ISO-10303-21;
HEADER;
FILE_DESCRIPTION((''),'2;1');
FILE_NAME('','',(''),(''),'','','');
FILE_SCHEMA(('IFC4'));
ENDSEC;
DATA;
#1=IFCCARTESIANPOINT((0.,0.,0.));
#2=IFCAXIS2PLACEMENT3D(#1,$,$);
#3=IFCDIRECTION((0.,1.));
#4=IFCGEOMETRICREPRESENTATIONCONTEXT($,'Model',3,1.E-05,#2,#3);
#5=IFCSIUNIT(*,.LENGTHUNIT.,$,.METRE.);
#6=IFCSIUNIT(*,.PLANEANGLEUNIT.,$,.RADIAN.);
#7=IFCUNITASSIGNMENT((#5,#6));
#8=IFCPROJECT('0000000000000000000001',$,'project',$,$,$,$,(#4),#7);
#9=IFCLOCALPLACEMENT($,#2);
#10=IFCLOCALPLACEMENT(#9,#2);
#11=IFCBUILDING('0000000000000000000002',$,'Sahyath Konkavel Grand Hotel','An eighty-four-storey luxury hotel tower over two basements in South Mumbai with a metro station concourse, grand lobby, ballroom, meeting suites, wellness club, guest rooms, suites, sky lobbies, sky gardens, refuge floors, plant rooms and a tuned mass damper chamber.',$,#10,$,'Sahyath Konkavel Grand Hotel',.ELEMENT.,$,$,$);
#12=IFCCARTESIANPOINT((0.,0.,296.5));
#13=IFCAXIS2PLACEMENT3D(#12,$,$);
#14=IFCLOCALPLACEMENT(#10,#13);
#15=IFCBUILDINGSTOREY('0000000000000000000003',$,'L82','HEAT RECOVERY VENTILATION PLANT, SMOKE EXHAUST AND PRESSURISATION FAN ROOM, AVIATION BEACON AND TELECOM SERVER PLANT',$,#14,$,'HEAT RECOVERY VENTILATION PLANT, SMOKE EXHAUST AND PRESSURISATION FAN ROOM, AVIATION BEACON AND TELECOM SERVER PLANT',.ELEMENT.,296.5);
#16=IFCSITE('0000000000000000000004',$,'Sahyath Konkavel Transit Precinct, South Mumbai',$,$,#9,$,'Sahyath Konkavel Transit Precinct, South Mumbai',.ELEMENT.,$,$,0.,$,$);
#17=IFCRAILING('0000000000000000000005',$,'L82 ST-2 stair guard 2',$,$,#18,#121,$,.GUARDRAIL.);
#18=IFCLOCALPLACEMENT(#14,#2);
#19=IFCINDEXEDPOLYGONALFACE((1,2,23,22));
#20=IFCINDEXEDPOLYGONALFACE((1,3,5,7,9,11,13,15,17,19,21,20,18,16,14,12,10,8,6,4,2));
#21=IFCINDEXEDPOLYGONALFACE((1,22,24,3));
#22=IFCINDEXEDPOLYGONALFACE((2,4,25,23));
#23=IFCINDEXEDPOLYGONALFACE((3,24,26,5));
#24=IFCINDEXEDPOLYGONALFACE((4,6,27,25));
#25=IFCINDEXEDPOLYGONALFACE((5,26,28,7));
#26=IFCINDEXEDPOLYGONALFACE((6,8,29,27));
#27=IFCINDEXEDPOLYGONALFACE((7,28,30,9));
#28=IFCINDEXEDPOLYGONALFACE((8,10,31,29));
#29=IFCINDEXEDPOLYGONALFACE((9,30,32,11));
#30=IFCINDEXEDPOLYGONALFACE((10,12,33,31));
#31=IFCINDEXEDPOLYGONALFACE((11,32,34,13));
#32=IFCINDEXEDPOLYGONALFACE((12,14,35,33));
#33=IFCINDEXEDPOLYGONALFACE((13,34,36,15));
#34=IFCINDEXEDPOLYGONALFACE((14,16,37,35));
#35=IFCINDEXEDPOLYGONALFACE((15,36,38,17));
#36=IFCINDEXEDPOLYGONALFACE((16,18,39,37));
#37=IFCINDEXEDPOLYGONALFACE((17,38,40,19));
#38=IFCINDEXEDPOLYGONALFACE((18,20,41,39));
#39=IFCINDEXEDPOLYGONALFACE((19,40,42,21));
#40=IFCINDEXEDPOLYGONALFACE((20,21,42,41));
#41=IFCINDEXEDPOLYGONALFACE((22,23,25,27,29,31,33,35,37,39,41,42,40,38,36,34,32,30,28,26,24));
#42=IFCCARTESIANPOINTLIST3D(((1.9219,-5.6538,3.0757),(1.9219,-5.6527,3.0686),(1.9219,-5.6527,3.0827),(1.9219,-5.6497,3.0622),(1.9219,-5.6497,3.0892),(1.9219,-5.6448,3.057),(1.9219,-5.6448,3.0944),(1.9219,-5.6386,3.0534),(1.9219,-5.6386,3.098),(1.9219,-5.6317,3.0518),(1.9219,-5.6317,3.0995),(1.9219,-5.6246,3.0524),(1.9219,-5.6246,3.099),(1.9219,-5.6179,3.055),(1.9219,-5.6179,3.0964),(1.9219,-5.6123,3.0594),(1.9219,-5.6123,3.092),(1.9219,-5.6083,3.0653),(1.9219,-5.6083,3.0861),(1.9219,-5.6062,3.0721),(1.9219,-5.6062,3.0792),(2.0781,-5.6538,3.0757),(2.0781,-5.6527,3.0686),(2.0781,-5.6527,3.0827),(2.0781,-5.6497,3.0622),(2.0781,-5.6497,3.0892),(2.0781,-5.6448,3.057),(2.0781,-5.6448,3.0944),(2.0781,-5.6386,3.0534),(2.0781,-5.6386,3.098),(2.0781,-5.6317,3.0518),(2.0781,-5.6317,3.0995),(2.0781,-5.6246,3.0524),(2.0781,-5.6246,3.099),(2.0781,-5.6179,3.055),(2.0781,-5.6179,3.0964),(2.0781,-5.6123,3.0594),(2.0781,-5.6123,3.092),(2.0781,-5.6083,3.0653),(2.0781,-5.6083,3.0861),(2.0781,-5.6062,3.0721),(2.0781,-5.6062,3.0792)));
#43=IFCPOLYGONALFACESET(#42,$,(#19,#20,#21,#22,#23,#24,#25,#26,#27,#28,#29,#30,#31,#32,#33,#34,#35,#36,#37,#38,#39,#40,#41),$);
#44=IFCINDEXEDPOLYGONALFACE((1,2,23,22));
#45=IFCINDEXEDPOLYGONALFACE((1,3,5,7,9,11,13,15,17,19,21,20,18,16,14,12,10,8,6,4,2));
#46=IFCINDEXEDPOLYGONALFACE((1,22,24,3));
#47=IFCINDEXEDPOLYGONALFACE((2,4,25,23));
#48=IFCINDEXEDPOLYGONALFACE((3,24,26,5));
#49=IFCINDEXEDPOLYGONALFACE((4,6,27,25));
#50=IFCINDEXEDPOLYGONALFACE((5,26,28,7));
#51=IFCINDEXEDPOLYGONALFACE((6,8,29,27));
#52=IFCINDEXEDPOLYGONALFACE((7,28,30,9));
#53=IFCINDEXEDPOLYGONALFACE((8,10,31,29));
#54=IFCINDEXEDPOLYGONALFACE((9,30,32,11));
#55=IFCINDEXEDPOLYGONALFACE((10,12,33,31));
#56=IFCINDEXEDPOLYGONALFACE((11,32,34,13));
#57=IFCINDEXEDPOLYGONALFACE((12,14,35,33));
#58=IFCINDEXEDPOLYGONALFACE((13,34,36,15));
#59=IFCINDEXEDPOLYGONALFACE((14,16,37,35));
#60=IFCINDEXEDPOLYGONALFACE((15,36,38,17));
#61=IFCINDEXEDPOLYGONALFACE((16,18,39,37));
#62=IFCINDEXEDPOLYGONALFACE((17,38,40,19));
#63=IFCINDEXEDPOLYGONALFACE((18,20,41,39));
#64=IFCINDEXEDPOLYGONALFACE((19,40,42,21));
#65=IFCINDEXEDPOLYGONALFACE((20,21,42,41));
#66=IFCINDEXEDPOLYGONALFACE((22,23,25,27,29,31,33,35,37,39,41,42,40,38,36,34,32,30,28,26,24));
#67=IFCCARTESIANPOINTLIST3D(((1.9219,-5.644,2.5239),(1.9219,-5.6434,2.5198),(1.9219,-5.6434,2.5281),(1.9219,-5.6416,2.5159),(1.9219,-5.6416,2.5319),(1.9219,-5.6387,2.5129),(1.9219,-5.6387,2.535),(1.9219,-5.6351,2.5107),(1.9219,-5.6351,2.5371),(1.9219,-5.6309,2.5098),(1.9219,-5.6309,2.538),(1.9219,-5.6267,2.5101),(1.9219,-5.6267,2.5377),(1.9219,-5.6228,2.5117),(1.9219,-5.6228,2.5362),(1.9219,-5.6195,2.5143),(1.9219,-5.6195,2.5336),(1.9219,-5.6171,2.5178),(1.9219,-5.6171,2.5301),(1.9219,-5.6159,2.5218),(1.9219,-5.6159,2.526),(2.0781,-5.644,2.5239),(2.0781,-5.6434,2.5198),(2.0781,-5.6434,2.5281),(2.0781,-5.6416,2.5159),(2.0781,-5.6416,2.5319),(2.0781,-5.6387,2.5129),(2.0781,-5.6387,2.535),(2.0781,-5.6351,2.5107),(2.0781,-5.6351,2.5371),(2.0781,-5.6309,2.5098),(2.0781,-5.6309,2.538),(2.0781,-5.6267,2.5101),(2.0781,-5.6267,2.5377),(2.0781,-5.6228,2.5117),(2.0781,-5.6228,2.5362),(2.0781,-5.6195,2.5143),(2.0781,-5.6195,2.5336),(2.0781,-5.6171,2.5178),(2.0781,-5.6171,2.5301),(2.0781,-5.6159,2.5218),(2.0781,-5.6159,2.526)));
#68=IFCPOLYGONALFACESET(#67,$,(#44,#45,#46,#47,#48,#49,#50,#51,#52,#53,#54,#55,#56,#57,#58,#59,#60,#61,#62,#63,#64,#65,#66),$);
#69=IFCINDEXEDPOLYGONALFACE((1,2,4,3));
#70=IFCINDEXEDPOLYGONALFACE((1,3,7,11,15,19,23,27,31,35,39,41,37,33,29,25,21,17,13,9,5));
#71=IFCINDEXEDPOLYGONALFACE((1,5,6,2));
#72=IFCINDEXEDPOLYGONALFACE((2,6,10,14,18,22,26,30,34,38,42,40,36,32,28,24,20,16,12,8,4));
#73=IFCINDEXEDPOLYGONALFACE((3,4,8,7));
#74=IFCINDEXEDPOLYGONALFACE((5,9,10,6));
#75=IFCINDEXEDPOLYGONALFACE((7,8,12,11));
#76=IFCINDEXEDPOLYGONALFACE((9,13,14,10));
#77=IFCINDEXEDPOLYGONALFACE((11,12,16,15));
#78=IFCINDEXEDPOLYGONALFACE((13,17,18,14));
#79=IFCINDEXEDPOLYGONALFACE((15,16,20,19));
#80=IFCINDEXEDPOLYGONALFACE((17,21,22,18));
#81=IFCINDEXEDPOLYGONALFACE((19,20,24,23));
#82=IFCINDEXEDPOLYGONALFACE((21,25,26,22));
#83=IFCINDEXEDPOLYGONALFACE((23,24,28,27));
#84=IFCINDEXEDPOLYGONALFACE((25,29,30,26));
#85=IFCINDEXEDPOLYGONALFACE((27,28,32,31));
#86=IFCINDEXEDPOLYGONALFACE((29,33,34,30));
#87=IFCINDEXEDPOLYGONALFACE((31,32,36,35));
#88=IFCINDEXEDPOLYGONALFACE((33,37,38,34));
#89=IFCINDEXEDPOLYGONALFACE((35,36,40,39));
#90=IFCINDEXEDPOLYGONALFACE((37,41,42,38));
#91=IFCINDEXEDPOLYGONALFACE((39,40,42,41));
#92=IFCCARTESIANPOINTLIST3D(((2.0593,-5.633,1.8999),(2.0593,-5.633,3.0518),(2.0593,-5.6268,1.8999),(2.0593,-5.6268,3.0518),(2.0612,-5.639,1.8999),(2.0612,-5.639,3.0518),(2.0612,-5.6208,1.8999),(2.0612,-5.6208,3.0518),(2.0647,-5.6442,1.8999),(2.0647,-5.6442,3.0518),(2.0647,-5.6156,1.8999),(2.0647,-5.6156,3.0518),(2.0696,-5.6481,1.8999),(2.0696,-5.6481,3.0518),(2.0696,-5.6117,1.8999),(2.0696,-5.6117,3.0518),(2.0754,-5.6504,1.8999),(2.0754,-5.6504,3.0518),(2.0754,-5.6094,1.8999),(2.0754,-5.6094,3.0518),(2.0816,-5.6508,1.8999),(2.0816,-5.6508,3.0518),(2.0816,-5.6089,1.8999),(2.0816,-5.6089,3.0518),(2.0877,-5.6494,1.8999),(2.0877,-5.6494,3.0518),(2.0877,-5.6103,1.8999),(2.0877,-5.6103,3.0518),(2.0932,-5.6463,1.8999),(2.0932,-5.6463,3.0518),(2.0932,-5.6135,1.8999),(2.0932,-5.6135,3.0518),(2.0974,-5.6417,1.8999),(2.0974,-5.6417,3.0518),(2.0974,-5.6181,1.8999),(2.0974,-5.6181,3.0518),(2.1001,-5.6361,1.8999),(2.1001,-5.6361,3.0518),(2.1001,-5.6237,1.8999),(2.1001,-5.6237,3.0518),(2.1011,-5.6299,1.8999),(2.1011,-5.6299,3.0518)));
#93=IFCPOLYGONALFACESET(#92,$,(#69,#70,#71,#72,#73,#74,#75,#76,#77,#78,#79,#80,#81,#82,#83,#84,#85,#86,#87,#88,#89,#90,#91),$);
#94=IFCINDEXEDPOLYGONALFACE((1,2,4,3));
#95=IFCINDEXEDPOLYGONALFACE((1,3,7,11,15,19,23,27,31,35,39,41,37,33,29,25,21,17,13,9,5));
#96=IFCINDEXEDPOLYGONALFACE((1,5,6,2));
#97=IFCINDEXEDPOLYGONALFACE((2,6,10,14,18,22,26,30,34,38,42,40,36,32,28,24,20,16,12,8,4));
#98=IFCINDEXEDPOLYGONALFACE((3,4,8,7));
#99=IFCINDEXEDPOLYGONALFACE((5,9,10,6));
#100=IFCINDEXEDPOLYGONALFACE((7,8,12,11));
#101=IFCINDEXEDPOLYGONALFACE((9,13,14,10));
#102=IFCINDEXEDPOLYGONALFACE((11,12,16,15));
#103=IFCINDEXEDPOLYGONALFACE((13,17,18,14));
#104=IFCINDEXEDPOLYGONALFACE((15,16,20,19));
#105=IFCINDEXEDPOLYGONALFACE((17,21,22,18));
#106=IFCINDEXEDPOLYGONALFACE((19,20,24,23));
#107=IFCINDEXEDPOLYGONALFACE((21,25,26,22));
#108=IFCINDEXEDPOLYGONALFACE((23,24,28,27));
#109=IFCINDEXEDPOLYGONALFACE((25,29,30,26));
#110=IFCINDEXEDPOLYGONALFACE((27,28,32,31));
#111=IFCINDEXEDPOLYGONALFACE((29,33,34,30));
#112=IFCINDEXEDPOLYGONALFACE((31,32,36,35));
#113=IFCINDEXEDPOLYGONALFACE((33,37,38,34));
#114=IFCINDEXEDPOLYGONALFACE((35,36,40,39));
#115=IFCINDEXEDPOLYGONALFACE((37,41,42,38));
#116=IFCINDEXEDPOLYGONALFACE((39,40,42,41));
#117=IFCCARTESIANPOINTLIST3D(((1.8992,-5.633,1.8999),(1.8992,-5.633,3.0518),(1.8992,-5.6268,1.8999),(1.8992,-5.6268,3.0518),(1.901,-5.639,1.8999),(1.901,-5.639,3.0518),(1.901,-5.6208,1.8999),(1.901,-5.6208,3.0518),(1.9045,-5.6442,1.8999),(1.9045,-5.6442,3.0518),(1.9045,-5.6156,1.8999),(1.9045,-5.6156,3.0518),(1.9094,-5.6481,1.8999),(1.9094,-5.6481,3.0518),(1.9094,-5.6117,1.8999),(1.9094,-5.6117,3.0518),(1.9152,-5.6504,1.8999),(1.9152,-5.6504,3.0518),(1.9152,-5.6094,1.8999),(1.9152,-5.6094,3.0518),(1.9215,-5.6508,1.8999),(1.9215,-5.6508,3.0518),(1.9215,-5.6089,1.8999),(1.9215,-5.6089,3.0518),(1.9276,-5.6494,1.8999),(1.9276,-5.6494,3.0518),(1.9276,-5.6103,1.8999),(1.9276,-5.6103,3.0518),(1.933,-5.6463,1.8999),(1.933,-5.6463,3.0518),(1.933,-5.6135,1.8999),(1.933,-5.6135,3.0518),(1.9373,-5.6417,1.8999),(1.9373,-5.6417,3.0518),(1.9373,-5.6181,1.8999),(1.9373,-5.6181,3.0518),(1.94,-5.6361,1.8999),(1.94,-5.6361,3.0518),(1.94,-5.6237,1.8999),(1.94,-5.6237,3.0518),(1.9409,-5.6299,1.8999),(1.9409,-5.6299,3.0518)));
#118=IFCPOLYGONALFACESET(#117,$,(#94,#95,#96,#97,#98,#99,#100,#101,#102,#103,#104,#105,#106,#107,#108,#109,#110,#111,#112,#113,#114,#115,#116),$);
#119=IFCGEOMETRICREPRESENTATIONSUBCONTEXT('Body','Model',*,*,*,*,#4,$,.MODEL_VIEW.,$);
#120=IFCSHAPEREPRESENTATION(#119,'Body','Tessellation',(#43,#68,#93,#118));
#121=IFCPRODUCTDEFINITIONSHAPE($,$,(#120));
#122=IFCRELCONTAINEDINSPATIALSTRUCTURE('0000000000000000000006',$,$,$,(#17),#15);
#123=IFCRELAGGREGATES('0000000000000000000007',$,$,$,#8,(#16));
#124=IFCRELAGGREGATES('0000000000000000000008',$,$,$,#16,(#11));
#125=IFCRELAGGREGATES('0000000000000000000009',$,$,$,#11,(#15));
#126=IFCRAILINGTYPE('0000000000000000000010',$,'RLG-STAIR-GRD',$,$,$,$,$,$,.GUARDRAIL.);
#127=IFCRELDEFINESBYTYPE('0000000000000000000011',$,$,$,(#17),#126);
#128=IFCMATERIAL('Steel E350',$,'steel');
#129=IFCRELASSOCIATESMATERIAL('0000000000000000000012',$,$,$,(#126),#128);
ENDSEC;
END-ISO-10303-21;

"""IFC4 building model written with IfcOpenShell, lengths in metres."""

from ifc_helpers import new_model, si_unit, direction, frame, origin, origin_2d, place, context, subcontext, project, spatial, circle, extrude, material, type_object, element, save


model = new_model("IFC4")

# Units and contexts
model_context = context("Model", 3, precision=1e-05, world=origin(), true_north=direction((0.0, 1.0)))
body_context = subcontext(model_context, "Body", "Model", "MODEL_VIEW")
ifc_project = project(units=[si_unit("LENGTHUNIT", "METRE"), si_unit("PLANEANGLEUNIT", "RADIAN")], contexts=[model_context])

# Site, building, storey
site_placement = place(None, origin())
site = spatial("IfcSite", under=ifc_project, at=site_placement, Name="Sahyath Konkavel Transit Precinct, South Mumbai", LongName="Sahyath Konkavel Transit Precinct, South Mumbai", CompositionType="ELEMENT", RefElevation=0.0)
building_placement = place(site_placement, origin())
building = spatial("IfcBuilding", under=site, at=building_placement, Name="Sahyath Konkavel Grand Hotel", Description="An eighty-four-storey luxury hotel tower over two basements in South Mumbai with a metro station concourse, grand lobby, ballroom, meeting suites, wellness club, guest rooms, suites, sky lobbies, sky gardens, refuge floors, plant rooms and a tuned mass damper chamber.", LongName="Sahyath Konkavel Grand Hotel", CompositionType="ELEMENT")
storey_placement = place(building_placement, frame((0.0, 0.0, 296.5)))
storey = spatial("IfcBuildingStorey", under=building, at=storey_placement, Name="L82", Description="HEAT RECOVERY VENTILATION PLANT, SMOKE EXHAUST AND PRESSURISATION FAN ROOM, AVIATION BEACON AND TELECOM SERVER PLANT", LongName="HEAT RECOVERY VENTILATION PLANT, SMOKE EXHAUST AND PRESSURISATION FAN ROOM, AVIATION BEACON AND TELECOM SERVER PLANT", CompositionType="ELEMENT", Elevation=296.5)

# Shared definitions
ifc_material_1 = material(Name="Steel E350", Category="steel")

# Railing
railing_type_1 = type_object("IfcRailingType", Name="RLG-STAIR-GRD", PredefinedType="GUARDRAIL", material=ifc_material_1)
railing_1_placement = place(storey_placement, frame((2.0801, -5.6299, 1.8999)))
element("IfcRailing", 1, at=railing_1_placement, inside=storey, type_object=railing_type_1, Name="L82 ST-2 stair guard 2", PredefinedType="GUARDRAIL", context=body_context, shape_type="SweptSolid", body=[
    extrude(circle(Radius=0.0239, at=origin_2d()), frame((-0.002, 0.0, 1.1758), z_axis=(-1.0, 0.0, 0.0), x_axis=(0.0, -1.0, 0.0)), (0.0, 0.0, 1.0), 0.1562),
    extrude(circle(Radius=0.0142, at=origin_2d()), frame((-0.002, 0.0, 0.624), z_axis=(-1.0, 0.0, 0.0), x_axis=(0.0, -1.0, 0.0)), (0.0, 0.0, 1.0), 0.1562),
    extrude(circle(Radius=0.021, at=origin_2d()), origin(), (0.0, 0.0, 1.0), 1.1519),
    extrude(circle(Radius=0.021, at=origin_2d()), frame((-0.1602, 0.0, 0.0)), (0.0, 0.0, 1.0), 1.1519),
])

save(model, "model.ifc")
